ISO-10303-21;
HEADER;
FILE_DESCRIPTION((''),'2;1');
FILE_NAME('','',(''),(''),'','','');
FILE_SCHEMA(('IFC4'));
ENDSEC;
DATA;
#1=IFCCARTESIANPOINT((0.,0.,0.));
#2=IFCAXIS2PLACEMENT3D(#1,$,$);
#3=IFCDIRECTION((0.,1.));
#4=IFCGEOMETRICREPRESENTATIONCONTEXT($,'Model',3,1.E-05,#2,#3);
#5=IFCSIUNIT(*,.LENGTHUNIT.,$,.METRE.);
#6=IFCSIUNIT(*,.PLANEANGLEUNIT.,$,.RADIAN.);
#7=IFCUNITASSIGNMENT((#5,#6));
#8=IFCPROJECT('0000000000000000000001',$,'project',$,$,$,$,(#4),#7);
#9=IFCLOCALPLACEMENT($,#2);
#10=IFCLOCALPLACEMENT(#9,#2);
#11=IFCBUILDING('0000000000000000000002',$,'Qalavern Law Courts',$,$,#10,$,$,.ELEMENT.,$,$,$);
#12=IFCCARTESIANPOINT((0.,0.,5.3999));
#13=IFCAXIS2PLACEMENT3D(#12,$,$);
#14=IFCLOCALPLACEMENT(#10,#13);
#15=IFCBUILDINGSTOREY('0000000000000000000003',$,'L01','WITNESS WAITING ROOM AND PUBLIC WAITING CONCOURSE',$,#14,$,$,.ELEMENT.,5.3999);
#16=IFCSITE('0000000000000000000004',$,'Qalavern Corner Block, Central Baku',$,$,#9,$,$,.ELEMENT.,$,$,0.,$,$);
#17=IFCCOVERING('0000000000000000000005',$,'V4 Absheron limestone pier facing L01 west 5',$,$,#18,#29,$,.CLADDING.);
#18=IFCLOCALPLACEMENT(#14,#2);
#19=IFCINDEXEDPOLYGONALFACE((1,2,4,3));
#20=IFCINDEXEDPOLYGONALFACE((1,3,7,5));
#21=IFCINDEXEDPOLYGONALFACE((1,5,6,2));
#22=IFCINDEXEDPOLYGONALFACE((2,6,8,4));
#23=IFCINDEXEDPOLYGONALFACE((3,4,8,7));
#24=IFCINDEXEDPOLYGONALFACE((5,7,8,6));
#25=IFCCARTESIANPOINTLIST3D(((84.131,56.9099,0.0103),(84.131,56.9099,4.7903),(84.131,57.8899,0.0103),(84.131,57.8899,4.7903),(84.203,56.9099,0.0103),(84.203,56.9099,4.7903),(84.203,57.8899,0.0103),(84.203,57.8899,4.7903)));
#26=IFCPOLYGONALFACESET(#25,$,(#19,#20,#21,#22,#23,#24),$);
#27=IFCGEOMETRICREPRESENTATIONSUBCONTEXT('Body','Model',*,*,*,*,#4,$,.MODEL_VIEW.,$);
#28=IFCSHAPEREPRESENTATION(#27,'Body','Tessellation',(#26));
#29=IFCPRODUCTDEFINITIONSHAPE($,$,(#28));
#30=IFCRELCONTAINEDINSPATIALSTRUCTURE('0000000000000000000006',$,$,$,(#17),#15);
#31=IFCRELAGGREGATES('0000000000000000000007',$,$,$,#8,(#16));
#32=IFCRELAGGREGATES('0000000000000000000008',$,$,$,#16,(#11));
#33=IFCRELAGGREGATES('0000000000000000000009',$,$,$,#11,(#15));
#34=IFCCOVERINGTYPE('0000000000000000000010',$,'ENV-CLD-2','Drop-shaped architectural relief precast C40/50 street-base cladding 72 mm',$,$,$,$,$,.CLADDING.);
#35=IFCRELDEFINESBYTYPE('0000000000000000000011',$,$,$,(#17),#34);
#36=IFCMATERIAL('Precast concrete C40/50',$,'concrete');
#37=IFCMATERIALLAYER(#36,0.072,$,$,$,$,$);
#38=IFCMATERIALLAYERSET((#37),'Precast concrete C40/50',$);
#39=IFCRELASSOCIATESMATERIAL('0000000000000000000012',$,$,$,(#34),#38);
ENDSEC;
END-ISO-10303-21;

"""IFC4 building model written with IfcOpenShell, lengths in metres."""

from ifc_helpers import new_model, si_unit, direction, frame, origin, origin_2d, place, context, subcontext, project, spatial, rectangle, extrude, material, layer, layer_set, type_object, element, save


model = new_model("IFC4")

# Units and contexts
model_context = context("Model", 3, precision=1e-05, world=origin(), true_north=direction((0.0, 1.0)))
body_context = subcontext(model_context, "Body", "Model", "MODEL_VIEW")
ifc_project = project(units=[si_unit("LENGTHUNIT", "METRE"), si_unit("PLANEANGLEUNIT", "RADIAN")], contexts=[model_context])

# Site, building, storey
site_placement = place(None, origin())
site = spatial("IfcSite", under=ifc_project, at=site_placement, Name="Qalavern Corner Block, Central Baku", CompositionType="ELEMENT", RefElevation=0.0)
building_placement = place(site_placement, origin())
building = spatial("IfcBuilding", under=site, at=building_placement, Name="Qalavern Law Courts", CompositionType="ELEMENT")
storey_placement = place(building_placement, frame((0.0, 0.0, 5.3999)))
storey = spatial("IfcBuildingStorey", under=building, at=storey_placement, Name="L01", Description="WITNESS WAITING ROOM AND PUBLIC WAITING CONCOURSE", CompositionType="ELEMENT", Elevation=5.3999)

# Covering
ifc_material_1 = material(Name="Precast concrete C40/50", Category="concrete")
ifc_layer_1 = layer(ifc_material_1, 0.072)
ifc_layer_set_1 = layer_set([ifc_layer_1], Name="Precast concrete C40/50")
covering_type = type_object("IfcCoveringType", Name="ENV-CLD-2", Description="Drop-shaped architectural relief precast C40/50 street-base cladding 72 mm", PredefinedType="CLADDING", material=ifc_layer_set_1)
covering_placement = place(storey_placement, frame((84.167, 57.3999, 0.0103), z_axis=(0.0, 0.0, 1.0), x_axis=(0.0, -1.0, 0.0)))
element("IfcCovering", 1, at=covering_placement, inside=storey, type_object=covering_type, Name="V4 Absheron limestone pier facing L01 west 5", PredefinedType="CLADDING", context=body_context, shape_type="SweptSolid", body=[
    extrude(rectangle(XDim=0.98, YDim=0.072, at=origin_2d()), origin(), (0.0, 0.0, 1.0), 4.78),
])

save(model, "model.ifc")
